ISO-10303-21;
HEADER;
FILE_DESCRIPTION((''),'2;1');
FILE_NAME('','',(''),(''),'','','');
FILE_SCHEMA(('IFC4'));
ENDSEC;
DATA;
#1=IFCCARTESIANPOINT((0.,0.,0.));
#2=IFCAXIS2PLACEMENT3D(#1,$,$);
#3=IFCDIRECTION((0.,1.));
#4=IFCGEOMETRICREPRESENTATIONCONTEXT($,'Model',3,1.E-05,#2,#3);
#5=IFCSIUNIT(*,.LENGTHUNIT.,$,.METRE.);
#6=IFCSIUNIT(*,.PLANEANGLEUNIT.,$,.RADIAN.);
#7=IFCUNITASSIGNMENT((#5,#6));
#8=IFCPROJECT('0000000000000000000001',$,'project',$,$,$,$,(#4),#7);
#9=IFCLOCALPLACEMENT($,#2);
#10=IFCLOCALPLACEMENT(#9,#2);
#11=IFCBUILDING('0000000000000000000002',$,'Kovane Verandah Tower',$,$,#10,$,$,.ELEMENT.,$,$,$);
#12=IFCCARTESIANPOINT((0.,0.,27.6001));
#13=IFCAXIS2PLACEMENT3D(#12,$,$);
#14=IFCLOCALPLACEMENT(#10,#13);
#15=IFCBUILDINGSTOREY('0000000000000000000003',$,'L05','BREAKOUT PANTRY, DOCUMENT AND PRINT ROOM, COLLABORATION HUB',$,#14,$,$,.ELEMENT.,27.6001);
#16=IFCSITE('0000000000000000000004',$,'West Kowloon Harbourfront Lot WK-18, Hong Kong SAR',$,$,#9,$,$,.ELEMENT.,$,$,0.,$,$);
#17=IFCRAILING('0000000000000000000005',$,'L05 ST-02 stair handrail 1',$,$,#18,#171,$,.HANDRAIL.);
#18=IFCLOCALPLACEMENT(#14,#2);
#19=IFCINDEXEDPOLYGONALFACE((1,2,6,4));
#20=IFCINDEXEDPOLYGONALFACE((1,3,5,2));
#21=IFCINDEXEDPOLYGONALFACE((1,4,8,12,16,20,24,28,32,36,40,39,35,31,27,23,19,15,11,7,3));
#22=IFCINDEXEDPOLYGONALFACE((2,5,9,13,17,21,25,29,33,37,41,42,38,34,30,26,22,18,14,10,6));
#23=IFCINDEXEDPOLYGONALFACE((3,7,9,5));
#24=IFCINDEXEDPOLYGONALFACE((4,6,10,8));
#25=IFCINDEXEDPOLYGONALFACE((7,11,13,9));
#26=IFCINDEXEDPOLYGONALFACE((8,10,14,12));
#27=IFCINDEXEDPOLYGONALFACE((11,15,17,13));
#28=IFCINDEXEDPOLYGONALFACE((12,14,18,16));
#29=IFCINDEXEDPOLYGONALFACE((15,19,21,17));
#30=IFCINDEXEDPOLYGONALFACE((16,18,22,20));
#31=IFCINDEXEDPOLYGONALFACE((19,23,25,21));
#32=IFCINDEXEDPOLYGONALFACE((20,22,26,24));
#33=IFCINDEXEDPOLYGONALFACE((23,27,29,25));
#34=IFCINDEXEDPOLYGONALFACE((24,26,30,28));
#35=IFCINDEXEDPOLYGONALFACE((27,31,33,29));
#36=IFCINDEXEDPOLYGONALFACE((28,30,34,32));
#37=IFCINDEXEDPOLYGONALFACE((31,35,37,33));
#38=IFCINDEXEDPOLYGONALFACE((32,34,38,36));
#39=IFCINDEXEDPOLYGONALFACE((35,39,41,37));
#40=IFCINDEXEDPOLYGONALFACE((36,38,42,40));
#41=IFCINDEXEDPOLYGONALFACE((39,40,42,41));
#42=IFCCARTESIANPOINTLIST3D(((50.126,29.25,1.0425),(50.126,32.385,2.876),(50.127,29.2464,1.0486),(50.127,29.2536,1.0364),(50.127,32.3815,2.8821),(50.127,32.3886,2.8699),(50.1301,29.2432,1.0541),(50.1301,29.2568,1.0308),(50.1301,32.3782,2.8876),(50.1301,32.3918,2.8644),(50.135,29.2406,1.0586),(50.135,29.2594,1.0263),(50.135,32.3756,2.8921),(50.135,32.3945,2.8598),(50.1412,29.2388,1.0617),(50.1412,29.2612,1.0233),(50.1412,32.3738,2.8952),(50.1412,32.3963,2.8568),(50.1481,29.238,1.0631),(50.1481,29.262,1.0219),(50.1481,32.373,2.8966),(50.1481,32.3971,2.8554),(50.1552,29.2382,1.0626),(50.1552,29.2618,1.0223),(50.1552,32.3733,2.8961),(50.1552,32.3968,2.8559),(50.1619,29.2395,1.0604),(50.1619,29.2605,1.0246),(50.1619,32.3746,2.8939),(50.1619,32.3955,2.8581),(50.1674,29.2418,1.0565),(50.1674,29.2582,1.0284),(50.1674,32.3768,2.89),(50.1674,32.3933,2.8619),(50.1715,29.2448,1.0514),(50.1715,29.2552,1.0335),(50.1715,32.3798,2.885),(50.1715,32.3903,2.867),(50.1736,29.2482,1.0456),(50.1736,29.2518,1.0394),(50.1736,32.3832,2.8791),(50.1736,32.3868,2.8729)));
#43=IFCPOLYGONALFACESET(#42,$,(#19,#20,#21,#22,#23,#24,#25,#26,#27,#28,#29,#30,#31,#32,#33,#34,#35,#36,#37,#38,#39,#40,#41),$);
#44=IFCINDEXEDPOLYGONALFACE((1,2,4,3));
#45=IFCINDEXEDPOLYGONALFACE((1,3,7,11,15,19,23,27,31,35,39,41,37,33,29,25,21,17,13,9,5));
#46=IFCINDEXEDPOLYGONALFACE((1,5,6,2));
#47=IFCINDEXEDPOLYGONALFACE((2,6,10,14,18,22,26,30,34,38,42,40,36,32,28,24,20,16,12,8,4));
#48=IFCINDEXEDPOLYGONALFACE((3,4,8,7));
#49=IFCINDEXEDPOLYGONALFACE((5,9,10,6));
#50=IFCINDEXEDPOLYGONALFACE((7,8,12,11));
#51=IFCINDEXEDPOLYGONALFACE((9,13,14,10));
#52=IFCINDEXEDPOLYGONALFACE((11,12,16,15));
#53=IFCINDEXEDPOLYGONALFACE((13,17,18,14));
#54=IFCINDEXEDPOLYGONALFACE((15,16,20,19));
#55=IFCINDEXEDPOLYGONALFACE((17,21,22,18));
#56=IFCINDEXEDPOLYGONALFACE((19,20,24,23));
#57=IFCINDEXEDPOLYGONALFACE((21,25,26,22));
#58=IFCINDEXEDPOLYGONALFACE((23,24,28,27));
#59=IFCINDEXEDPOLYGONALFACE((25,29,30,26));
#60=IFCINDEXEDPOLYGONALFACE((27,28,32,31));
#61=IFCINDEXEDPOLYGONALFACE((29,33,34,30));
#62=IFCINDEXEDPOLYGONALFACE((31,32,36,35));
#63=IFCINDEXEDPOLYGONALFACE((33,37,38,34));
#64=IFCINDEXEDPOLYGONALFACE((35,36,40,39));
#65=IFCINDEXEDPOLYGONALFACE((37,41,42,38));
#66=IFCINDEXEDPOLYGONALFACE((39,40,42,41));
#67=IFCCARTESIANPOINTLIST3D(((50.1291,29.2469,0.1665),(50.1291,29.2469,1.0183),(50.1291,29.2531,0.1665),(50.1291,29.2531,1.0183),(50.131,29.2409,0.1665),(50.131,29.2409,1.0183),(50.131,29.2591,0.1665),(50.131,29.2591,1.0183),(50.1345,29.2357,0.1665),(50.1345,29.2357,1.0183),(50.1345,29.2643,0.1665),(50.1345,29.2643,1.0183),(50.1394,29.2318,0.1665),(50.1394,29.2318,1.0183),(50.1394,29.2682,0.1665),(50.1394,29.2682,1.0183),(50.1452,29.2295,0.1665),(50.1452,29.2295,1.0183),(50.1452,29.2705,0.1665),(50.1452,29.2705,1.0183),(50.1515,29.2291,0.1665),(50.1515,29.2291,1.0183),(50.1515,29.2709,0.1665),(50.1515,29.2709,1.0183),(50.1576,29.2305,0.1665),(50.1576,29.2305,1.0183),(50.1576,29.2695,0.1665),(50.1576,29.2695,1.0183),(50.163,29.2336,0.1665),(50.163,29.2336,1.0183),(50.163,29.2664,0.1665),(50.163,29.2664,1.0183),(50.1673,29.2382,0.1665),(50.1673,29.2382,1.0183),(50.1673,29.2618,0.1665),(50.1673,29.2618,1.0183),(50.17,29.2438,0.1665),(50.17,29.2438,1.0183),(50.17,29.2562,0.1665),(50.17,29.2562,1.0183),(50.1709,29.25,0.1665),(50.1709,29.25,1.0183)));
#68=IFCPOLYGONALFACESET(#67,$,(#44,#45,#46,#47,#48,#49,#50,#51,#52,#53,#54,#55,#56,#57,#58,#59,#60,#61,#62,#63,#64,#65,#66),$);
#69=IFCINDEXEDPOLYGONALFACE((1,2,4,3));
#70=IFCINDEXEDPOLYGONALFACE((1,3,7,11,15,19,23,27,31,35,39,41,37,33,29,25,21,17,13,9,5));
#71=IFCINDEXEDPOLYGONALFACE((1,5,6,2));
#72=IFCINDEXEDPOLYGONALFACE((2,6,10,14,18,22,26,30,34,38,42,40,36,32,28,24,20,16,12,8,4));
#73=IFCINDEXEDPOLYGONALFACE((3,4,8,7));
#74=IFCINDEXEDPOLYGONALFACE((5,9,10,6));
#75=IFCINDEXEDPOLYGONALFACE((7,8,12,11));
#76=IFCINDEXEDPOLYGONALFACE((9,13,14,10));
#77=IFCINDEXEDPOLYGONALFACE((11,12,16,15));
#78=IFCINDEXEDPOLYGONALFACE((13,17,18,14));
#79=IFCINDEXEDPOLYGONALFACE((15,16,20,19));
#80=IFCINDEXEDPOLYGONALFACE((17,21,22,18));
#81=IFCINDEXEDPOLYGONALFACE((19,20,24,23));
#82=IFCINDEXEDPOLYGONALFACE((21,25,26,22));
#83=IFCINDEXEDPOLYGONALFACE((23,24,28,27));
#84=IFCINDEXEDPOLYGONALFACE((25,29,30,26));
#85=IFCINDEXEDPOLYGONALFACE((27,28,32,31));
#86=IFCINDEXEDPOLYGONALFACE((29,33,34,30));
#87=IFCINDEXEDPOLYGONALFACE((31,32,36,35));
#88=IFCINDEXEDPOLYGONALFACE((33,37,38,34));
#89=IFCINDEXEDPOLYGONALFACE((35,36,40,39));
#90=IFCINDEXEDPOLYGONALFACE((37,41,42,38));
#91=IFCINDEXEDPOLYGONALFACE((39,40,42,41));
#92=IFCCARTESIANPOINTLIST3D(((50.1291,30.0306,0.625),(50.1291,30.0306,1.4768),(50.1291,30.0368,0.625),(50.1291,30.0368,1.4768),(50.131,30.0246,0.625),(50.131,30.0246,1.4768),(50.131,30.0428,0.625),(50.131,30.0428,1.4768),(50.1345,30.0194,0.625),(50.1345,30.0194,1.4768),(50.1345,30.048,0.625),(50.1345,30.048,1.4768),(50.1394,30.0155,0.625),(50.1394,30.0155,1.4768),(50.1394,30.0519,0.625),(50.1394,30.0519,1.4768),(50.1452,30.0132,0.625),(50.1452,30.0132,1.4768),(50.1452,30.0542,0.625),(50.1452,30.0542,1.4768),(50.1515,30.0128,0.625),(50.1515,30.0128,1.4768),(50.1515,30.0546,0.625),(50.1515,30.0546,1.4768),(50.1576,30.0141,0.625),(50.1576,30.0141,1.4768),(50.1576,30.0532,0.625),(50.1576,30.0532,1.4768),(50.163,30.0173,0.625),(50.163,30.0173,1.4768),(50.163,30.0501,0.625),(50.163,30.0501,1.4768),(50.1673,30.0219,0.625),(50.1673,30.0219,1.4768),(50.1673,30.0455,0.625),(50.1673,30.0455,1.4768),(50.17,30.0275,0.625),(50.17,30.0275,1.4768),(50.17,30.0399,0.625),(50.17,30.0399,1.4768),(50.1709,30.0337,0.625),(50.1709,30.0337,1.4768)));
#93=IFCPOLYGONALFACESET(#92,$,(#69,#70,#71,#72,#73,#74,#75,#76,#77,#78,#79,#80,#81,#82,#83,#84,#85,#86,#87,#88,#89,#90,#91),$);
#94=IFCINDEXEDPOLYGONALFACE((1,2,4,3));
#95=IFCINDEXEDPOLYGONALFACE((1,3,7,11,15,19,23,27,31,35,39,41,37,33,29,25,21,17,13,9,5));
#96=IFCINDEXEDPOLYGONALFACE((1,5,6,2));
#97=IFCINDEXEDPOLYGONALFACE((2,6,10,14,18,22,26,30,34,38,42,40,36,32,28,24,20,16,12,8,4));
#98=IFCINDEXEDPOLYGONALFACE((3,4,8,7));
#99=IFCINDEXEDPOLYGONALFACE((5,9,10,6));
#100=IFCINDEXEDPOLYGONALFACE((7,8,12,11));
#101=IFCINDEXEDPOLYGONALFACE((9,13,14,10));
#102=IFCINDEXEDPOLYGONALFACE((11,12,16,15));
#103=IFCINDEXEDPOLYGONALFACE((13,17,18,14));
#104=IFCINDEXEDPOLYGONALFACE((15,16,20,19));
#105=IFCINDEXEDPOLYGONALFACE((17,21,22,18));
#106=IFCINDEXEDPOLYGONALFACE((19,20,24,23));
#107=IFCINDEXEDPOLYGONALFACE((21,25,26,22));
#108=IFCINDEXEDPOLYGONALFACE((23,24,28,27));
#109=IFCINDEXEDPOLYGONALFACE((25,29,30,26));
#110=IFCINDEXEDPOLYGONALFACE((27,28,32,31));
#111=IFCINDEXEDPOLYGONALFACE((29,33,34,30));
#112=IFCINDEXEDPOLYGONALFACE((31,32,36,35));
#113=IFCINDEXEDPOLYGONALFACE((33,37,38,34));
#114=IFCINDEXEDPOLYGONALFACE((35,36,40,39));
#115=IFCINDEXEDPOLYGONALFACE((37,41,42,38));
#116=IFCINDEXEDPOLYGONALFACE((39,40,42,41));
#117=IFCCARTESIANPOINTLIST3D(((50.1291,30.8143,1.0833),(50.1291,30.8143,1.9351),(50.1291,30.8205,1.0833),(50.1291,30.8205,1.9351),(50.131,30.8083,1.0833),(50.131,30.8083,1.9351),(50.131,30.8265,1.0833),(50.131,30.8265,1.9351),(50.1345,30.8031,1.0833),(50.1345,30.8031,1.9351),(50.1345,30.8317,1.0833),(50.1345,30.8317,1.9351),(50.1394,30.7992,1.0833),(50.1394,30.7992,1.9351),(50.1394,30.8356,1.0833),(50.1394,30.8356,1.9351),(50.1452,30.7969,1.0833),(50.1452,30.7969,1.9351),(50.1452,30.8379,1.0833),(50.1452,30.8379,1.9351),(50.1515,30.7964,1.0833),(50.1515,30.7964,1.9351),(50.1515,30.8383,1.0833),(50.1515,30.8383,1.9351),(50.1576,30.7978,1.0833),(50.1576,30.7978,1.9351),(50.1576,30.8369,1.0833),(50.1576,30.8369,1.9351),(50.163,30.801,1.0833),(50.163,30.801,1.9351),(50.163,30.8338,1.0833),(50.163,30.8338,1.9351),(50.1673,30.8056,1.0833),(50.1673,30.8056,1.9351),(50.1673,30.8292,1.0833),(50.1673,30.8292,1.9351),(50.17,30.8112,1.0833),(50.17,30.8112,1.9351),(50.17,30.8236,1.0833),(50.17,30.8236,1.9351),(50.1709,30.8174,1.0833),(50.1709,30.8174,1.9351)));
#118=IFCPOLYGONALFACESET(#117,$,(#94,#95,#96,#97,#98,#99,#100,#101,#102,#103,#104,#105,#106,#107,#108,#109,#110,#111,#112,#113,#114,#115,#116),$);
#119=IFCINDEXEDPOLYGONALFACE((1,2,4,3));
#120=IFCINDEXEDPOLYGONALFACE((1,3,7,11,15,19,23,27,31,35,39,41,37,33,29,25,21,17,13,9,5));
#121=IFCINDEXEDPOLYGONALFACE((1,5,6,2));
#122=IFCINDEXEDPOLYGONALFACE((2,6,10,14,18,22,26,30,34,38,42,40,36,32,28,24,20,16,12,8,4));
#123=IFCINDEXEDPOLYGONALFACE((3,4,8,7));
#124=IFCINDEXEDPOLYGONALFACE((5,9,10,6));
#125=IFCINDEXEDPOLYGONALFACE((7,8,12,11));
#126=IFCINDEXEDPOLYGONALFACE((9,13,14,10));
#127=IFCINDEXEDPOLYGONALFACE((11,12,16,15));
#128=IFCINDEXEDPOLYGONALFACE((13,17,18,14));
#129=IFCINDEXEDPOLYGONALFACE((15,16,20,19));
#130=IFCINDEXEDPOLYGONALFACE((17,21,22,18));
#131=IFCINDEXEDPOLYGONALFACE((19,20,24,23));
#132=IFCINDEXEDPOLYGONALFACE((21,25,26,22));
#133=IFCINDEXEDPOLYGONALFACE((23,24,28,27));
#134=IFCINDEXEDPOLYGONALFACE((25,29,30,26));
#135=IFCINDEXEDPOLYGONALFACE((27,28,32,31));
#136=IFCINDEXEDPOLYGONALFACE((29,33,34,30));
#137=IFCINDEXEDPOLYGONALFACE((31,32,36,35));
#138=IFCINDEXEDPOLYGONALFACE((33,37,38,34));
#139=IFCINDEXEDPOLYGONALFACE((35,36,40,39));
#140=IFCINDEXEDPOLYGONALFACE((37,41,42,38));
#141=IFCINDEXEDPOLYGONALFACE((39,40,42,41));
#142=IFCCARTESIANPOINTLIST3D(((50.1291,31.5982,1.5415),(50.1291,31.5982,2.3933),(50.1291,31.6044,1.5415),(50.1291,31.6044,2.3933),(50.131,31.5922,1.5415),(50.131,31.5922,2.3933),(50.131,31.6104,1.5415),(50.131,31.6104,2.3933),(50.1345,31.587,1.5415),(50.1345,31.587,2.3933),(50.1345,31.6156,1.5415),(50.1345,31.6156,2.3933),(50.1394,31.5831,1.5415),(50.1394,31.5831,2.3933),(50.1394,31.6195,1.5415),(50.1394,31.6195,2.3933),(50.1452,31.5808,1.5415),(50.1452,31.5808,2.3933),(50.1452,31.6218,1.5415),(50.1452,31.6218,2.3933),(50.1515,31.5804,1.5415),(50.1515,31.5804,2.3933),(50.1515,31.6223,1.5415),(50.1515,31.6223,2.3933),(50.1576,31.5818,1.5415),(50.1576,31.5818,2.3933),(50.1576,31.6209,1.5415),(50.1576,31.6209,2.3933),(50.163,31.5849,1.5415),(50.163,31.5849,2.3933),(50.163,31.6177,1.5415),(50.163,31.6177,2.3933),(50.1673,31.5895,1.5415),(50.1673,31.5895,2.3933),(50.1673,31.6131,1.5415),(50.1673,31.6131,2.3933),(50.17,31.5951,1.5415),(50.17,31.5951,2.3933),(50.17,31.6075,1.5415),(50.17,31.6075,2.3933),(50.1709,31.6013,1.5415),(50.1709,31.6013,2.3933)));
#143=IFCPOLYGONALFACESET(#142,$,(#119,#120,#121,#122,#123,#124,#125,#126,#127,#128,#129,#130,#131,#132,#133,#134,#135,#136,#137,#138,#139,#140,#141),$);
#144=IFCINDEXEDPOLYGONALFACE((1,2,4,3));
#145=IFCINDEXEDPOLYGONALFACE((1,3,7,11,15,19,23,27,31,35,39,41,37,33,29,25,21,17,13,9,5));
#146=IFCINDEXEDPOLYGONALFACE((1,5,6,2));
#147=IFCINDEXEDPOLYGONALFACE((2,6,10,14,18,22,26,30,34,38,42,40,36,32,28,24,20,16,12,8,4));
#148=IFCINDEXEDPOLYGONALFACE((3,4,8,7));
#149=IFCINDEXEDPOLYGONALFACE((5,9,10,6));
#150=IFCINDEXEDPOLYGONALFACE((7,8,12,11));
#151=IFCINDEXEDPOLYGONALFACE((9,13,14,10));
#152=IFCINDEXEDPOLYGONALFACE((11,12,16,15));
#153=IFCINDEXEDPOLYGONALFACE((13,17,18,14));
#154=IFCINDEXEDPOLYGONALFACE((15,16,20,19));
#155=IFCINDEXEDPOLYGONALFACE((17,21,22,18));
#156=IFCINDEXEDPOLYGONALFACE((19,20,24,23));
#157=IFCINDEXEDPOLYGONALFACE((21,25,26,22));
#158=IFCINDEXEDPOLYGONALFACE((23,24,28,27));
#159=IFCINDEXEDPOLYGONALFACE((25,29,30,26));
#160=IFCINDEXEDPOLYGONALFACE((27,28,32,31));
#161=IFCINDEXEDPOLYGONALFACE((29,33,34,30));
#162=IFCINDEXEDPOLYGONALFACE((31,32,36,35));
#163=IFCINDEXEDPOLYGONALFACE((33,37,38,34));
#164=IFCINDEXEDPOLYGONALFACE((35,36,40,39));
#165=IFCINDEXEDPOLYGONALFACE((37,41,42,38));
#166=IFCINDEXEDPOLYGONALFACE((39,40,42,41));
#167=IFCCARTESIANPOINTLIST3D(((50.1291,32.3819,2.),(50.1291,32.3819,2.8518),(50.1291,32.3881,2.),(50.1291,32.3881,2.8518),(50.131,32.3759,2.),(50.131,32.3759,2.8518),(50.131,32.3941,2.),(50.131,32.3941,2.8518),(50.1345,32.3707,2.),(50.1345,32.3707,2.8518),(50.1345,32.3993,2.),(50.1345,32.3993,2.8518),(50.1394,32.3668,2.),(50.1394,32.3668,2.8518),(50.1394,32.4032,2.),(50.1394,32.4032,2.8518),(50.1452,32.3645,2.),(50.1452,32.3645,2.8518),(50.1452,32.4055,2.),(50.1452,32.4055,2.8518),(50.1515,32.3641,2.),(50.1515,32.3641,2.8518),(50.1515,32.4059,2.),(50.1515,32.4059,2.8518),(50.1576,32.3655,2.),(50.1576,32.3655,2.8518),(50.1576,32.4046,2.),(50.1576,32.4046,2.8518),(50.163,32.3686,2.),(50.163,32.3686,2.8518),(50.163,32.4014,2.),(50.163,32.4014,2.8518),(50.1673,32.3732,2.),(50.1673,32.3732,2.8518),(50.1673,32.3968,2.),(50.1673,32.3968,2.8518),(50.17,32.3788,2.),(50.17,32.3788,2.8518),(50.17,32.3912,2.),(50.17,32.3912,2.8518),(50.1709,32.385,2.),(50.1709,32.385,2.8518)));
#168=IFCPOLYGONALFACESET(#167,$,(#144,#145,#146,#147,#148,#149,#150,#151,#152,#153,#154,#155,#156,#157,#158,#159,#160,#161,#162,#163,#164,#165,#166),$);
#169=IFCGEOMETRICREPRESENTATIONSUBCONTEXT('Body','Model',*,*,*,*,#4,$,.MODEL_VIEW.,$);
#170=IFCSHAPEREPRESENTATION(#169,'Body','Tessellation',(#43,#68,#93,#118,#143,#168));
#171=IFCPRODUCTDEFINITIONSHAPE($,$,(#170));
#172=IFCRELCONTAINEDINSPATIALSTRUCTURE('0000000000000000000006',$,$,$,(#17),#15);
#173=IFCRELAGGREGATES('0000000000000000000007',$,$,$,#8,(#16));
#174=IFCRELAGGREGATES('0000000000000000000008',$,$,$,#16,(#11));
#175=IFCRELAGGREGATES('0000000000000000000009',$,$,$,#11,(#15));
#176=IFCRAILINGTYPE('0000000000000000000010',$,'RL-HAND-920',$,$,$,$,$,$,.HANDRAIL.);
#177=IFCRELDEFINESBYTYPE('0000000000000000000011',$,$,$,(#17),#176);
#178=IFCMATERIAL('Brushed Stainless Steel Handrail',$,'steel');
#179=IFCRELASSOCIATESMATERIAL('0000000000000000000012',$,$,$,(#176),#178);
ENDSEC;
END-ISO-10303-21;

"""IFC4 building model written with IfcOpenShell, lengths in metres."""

from ifc_helpers import new_model, si_unit, direction, frame, origin, origin_2d, place, context, subcontext, project, spatial, circle, extrude, material, type_object, element, save


model = new_model("IFC4")

# Units and contexts
model_context = context("Model", 3, precision=1e-05, world=origin(), true_north=direction((0.0, 1.0)))
body_context = subcontext(model_context, "Body", "Model", "MODEL_VIEW")
ifc_project = project(units=[si_unit("LENGTHUNIT", "METRE"), si_unit("PLANEANGLEUNIT", "RADIAN")], contexts=[model_context])

# Site, building, storey
site_placement = place(None, origin())
site = spatial("IfcSite", under=ifc_project, at=site_placement, Name="West Kowloon Harbourfront Lot WK-18, Hong Kong SAR", CompositionType="ELEMENT", RefElevation=0.0)
building_placement = place(site_placement, origin())
building = spatial("IfcBuilding", under=site, at=building_placement, Name="Kovane Verandah Tower", CompositionType="ELEMENT")
storey_placement = place(building_placement, frame((0.0, 0.0, 27.6001)))
storey = spatial("IfcBuildingStorey", under=building, at=storey_placement, Name="L05", Description="BREAKOUT PANTRY, DOCUMENT AND PRINT ROOM, COLLABORATION HUB", CompositionType="ELEMENT", Elevation=27.6001)

# Railing
ifc_material_1 = material(Name="Brushed Stainless Steel Handrail", Category="steel")
railing_type_1 = type_object("IfcRailingType", Name="RL-HAND-920", PredefinedType="HANDRAIL", material=ifc_material_1)
railing_1_placement = place(storey_placement, frame((50.1499, 29.25, 0.1665)))
element("IfcRailing", 1, at=railing_1_placement, inside=storey, type_object=railing_type_1, Name="L05 ST-02 stair handrail 1", PredefinedType="HANDRAIL", context=body_context, shape_type="SweptSolid", body=[
    extrude(circle(Radius=0.0239, at=origin_2d()), frame((0.0, 0.0, 0.876), z_axis=(0.0, 0.86321, 0.504845), x_axis=(-1.0, 0.0, 0.0)), (0.0, 0.0, 1.0), 3.6318),
    extrude(circle(Radius=0.021, at=origin_2d()), origin(), (0.0, 0.0, 1.0), 0.8518),
    extrude(circle(Radius=0.021, at=origin_2d()), frame((0.0, 0.7837, 0.4585)), (0.0, 0.0, 1.0), 0.8518),
    extrude(circle(Radius=0.021, at=origin_2d()), frame((0.0, 1.5674, 0.9167)), (0.0, 0.0, 1.0), 0.8518),
    extrude(circle(Radius=0.021, at=origin_2d()), frame((0.0, 2.3513, 1.375)), (0.0, 0.0, 1.0), 0.8518),
    extrude(circle(Radius=0.021, at=origin_2d()), frame((0.0, 3.135, 1.8335)), (0.0, 0.0, 1.0), 0.8518),
])

save(model, "model.ifc")
